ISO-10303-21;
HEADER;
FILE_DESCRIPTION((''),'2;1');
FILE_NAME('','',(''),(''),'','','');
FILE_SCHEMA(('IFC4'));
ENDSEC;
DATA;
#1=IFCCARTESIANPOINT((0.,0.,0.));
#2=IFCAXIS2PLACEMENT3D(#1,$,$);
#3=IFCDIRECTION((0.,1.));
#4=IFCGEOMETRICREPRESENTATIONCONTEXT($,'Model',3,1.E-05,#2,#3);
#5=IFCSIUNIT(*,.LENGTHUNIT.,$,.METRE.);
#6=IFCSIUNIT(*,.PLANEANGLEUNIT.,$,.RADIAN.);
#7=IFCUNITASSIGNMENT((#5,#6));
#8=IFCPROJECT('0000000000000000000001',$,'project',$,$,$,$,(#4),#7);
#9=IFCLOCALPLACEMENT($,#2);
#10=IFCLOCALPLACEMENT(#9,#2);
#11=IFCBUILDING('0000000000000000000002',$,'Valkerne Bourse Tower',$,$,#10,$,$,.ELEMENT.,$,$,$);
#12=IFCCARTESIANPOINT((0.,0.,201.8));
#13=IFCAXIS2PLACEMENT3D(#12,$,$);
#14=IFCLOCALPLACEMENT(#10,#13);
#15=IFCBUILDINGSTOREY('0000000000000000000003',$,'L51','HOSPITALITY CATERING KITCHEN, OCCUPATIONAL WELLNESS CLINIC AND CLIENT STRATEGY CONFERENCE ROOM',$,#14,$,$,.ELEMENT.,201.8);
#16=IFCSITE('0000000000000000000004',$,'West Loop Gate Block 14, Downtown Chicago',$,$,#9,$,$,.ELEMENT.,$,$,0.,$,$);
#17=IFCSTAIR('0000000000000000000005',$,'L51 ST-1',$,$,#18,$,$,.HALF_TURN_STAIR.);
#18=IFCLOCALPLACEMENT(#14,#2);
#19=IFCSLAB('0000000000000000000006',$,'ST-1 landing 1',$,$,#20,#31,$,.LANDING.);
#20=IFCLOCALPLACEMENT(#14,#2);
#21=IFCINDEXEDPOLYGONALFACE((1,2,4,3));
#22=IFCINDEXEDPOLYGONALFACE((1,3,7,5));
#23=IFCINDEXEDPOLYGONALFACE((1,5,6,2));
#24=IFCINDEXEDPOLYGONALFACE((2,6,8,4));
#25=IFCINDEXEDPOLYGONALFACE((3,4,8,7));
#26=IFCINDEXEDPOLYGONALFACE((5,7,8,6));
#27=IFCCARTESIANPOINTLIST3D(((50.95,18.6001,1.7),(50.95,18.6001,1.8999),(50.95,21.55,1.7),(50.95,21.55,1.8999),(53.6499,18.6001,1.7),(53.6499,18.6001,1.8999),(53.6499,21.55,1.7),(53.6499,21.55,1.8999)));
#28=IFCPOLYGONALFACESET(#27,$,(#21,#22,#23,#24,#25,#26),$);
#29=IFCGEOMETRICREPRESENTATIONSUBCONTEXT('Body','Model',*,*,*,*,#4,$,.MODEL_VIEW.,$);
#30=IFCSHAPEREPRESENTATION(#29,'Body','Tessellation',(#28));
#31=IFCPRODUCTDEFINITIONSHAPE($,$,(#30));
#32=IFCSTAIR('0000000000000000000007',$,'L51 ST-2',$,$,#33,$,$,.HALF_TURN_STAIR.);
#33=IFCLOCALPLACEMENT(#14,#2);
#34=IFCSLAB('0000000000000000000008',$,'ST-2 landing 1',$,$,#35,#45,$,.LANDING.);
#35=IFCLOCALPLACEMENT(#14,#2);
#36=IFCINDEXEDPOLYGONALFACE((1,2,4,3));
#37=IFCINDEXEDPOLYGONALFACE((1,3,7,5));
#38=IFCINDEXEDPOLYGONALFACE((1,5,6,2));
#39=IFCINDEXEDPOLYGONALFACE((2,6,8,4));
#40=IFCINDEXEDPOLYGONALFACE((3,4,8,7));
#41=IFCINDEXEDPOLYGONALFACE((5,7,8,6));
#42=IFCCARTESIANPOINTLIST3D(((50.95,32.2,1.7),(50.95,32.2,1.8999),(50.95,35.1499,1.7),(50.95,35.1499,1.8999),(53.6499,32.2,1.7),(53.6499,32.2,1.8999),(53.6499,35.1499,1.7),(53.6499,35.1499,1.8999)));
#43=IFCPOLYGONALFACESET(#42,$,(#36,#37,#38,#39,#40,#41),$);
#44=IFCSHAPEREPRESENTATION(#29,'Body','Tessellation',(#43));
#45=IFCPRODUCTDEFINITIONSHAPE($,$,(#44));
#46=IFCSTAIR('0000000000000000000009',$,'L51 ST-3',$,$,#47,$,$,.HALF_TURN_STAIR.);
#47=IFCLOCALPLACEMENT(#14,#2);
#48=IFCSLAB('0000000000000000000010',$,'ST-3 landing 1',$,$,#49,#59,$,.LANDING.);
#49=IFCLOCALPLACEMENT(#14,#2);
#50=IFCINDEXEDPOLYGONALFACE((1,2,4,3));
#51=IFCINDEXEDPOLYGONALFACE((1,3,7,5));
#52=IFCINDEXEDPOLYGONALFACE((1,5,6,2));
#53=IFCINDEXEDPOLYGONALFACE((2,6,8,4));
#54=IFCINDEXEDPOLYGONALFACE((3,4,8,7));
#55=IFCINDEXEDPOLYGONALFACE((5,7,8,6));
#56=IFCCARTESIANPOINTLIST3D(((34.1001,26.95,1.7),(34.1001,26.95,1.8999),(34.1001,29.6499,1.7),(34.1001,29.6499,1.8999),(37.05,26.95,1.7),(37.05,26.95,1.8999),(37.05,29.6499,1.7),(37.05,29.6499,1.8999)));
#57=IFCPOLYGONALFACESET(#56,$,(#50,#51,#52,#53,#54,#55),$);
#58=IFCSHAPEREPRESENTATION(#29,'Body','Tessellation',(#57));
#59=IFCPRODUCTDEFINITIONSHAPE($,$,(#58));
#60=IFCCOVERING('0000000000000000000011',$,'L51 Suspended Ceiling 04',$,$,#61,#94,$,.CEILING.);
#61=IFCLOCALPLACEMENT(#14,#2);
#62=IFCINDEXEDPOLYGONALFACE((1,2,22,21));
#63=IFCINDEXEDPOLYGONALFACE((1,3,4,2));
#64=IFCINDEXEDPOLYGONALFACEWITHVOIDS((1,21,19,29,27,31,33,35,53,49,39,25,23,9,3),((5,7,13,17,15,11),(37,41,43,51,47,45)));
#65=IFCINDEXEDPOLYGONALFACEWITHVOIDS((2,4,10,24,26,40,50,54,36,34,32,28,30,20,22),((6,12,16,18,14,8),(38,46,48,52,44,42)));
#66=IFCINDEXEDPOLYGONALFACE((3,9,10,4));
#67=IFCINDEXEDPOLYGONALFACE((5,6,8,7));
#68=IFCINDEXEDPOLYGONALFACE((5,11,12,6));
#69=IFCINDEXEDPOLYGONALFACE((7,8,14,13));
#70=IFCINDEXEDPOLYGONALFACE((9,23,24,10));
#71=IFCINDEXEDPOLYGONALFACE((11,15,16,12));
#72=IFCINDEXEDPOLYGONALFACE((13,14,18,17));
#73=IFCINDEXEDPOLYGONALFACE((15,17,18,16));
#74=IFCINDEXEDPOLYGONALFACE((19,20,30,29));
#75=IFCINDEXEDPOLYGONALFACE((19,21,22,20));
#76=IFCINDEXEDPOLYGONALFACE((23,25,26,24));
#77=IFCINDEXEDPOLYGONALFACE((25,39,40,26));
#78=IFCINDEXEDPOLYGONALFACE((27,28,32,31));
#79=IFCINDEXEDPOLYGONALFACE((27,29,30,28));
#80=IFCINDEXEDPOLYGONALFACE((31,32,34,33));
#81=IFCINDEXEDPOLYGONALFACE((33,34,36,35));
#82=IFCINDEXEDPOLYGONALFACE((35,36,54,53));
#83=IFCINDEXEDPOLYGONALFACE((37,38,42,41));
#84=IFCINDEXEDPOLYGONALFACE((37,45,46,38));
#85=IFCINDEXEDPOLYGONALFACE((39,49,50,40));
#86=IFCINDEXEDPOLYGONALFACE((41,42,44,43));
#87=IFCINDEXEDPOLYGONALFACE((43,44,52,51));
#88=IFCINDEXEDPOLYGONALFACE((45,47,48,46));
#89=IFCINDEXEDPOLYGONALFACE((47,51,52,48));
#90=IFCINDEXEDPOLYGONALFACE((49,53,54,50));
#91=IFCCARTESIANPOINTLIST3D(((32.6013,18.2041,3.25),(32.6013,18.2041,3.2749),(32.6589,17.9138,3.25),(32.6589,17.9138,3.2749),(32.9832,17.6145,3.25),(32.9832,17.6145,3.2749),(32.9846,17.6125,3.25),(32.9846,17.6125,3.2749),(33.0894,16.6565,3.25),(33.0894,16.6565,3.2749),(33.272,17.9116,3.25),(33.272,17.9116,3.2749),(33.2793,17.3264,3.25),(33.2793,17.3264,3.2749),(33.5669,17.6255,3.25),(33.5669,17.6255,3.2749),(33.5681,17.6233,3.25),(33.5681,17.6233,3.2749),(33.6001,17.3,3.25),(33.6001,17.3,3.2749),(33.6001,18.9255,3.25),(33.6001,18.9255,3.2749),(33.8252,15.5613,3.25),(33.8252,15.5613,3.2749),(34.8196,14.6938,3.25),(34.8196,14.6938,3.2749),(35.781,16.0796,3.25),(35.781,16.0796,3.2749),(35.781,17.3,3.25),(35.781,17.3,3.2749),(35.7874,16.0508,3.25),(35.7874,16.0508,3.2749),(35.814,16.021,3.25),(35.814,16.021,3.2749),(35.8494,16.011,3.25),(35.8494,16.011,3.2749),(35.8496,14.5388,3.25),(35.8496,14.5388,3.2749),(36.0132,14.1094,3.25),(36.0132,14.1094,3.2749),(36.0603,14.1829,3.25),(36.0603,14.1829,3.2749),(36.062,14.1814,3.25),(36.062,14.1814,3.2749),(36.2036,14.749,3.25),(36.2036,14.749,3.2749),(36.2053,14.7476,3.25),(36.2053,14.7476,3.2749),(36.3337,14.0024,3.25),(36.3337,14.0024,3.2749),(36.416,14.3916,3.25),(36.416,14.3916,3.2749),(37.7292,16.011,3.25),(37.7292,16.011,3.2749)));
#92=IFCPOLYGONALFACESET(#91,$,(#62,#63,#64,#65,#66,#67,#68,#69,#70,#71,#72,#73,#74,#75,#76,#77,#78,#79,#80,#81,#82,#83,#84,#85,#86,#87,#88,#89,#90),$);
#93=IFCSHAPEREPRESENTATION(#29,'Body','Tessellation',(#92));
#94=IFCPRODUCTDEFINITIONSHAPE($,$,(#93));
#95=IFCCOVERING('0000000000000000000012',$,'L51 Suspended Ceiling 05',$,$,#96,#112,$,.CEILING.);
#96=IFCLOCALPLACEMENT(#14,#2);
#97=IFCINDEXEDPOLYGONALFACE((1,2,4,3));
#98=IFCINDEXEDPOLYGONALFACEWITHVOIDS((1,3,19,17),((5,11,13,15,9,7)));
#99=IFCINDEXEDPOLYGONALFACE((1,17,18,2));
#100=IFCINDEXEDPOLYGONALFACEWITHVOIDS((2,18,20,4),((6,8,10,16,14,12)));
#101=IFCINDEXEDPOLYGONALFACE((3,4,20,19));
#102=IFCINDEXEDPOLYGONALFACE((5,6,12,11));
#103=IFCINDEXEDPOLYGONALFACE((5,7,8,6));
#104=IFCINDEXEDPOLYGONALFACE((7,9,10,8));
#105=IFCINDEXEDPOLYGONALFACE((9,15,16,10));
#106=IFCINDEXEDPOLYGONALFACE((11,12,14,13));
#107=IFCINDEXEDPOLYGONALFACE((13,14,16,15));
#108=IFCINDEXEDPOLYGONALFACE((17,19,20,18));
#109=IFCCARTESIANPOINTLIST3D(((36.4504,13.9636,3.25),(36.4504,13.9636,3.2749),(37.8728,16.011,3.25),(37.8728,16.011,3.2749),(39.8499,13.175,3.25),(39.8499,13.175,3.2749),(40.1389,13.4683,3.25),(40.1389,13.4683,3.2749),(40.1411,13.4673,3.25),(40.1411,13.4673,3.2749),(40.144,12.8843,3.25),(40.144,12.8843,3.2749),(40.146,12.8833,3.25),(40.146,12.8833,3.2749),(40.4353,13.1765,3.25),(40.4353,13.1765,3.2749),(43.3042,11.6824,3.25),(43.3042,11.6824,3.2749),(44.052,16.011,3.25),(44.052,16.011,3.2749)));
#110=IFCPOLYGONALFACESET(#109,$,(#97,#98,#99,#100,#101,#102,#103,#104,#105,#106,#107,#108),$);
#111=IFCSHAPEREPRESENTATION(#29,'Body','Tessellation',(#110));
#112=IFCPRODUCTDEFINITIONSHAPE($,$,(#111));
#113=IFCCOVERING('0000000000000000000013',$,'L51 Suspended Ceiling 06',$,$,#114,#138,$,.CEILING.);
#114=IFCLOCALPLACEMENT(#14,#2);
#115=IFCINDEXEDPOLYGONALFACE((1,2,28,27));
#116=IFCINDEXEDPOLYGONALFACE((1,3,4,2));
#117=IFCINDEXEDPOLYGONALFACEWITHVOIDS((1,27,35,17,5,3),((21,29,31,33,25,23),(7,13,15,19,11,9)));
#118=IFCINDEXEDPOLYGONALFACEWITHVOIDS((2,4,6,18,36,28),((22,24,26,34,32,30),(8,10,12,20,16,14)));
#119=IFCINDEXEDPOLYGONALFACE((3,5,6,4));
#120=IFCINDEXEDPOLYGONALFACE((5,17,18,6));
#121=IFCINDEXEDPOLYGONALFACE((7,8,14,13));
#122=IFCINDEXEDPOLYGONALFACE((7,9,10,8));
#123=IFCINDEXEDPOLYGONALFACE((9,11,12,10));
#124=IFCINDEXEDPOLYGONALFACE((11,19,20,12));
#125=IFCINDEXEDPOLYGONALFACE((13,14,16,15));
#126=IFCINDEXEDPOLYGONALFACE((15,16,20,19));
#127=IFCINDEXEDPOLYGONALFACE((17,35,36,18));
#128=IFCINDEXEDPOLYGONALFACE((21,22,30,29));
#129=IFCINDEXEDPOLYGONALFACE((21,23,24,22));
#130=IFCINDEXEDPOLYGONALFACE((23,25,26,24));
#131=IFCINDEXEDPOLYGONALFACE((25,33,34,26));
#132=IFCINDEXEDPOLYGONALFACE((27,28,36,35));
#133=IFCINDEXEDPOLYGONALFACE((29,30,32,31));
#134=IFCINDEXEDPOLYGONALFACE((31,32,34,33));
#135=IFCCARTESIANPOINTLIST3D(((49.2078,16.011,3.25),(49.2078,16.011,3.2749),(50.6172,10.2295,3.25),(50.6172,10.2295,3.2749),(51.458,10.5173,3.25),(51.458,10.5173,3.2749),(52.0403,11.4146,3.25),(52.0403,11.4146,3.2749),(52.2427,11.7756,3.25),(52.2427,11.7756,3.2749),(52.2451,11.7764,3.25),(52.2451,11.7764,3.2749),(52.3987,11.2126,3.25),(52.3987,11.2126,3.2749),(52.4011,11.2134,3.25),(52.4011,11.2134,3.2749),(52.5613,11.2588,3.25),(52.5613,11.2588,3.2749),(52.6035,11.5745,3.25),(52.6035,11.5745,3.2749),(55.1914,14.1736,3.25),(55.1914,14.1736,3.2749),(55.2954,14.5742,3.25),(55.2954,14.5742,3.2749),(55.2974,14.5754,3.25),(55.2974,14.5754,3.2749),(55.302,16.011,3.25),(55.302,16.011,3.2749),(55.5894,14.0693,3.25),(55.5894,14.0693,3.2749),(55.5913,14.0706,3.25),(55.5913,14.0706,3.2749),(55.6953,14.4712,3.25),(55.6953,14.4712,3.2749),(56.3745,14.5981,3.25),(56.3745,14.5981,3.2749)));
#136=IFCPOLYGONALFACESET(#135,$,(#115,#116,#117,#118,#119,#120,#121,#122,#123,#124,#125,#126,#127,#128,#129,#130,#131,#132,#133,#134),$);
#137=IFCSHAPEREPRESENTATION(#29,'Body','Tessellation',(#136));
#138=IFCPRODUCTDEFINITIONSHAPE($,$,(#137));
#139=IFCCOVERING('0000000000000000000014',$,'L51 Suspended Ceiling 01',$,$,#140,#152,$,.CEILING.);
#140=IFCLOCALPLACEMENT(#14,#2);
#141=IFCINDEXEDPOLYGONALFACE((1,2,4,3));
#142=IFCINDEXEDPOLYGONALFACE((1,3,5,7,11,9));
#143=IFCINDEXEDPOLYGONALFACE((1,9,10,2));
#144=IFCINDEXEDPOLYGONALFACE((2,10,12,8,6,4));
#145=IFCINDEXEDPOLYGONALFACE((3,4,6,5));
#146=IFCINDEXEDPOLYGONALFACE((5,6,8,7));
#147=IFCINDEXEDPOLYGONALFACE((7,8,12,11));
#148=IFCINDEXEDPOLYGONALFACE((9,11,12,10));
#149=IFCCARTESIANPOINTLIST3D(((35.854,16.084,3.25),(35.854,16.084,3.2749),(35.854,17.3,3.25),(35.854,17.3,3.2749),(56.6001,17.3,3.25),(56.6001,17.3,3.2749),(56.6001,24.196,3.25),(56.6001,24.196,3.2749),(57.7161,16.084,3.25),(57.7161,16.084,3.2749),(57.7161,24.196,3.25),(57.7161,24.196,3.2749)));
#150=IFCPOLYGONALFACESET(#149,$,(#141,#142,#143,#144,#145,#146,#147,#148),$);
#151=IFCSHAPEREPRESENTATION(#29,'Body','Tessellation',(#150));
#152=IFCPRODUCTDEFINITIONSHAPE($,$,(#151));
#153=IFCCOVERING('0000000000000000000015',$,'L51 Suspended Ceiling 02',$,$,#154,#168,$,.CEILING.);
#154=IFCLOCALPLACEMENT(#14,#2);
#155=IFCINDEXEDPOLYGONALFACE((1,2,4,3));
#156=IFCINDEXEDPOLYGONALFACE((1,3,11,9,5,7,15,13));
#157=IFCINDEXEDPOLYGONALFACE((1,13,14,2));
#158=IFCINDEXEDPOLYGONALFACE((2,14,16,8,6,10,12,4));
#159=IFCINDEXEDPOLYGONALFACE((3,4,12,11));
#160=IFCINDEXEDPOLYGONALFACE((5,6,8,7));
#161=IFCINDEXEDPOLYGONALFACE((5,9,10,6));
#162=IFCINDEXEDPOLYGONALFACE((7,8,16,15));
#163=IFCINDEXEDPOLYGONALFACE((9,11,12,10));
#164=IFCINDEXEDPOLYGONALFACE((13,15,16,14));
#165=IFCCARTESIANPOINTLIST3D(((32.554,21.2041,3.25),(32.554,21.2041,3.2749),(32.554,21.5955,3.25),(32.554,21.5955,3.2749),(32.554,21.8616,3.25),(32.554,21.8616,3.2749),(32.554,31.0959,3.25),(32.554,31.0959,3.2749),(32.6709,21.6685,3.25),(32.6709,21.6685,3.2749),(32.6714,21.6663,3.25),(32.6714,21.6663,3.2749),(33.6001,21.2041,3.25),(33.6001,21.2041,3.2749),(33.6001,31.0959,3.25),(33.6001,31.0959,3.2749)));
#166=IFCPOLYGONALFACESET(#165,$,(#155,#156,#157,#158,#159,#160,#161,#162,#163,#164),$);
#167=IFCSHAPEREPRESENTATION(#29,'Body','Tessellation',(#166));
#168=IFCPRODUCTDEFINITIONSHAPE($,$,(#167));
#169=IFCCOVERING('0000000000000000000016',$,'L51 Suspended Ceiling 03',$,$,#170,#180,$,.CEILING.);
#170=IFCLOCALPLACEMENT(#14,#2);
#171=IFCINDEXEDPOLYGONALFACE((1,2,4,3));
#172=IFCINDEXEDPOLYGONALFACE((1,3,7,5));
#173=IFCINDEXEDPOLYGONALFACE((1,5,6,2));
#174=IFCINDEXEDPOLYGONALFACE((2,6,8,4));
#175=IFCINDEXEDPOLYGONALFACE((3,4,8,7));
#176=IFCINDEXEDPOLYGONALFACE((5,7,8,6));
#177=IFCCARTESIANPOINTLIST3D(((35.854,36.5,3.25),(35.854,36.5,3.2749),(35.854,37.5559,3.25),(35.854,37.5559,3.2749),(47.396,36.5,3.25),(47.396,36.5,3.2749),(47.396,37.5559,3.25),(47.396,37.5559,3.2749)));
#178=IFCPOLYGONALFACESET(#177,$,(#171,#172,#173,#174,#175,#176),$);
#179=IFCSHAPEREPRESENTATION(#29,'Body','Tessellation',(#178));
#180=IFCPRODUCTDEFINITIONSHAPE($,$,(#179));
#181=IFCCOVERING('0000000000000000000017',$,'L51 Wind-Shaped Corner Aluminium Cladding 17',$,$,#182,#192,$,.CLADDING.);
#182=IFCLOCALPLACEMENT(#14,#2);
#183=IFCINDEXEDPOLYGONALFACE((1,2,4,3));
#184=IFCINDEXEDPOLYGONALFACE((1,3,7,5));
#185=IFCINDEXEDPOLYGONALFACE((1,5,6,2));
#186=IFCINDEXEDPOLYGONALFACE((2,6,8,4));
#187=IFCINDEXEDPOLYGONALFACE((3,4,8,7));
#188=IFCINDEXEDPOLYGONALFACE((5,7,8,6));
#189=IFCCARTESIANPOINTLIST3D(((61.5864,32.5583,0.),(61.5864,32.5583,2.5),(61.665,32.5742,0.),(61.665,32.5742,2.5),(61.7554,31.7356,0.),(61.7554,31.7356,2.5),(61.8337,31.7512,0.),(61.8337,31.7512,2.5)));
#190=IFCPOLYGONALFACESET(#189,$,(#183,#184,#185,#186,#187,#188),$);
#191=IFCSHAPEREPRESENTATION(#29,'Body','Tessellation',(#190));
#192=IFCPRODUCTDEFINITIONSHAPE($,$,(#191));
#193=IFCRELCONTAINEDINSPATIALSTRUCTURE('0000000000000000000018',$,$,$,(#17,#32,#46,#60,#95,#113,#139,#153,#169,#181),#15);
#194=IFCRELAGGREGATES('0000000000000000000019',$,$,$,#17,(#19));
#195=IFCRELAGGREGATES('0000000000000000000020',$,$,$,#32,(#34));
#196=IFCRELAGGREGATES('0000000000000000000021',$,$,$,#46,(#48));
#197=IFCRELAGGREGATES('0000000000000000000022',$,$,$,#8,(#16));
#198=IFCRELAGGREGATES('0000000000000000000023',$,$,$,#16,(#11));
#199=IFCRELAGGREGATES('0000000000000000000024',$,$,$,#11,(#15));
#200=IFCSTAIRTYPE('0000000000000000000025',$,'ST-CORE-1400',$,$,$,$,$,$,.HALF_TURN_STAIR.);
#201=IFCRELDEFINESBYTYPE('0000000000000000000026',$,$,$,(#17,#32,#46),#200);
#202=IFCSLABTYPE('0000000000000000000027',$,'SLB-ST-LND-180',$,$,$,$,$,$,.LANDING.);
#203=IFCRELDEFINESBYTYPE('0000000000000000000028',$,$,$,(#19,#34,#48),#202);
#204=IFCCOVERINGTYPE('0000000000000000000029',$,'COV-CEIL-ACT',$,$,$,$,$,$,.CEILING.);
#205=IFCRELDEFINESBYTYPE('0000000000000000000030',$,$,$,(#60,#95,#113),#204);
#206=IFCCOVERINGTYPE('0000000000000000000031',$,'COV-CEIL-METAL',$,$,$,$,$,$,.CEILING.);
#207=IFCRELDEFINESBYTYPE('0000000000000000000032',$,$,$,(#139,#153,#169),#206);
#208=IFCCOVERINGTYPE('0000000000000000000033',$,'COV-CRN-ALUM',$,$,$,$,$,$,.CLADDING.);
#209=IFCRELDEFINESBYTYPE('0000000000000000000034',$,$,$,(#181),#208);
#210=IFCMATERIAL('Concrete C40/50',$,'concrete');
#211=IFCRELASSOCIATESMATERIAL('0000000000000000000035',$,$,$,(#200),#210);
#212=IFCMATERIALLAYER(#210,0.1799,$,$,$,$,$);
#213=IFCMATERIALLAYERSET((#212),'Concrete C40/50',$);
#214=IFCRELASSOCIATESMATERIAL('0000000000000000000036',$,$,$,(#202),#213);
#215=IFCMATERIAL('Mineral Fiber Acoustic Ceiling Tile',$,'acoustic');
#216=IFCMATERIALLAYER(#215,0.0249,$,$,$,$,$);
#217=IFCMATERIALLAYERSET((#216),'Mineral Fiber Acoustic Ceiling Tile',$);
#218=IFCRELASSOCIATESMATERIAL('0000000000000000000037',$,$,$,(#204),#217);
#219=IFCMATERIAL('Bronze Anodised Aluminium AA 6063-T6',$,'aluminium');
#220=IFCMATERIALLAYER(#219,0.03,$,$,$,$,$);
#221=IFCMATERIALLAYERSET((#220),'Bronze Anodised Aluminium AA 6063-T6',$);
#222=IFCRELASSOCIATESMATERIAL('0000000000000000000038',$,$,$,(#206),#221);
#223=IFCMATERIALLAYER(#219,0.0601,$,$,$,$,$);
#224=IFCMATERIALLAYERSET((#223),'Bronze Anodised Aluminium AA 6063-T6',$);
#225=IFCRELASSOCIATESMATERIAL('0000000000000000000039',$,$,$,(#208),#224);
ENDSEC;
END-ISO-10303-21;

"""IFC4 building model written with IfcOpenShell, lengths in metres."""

from ifc_helpers import new_model, si_unit, direction, frame, origin, place, context, subcontext, project, spatial, polyline, outline, extrude, material, layer, layer_set, type_object, element, aggregate, save


model = new_model("IFC4")

# Units and contexts
model_context = context("Model", 3, precision=1e-05, world=origin(), true_north=direction((0.0, 1.0)))
body_context = subcontext(model_context, "Body", "Model", "MODEL_VIEW")
ifc_project = project(units=[si_unit("LENGTHUNIT", "METRE"), si_unit("PLANEANGLEUNIT", "RADIAN")], contexts=[model_context])

# Site, building, storey
site_placement = place(None, origin())
site = spatial("IfcSite", under=ifc_project, at=site_placement, Name="West Loop Gate Block 14, Downtown Chicago", CompositionType="ELEMENT", RefElevation=0.0)
building_placement = place(site_placement, origin())
building = spatial("IfcBuilding", under=site, at=building_placement, Name="Valkerne Bourse Tower", CompositionType="ELEMENT")
storey_placement = place(building_placement, frame((0.0, 0.0, 201.8)))
storey = spatial("IfcBuildingStorey", under=building, at=storey_placement, Name="L51", Description="HOSPITALITY CATERING KITCHEN, OCCUPATIONAL WELLNESS CLINIC AND CLIENT STRATEGY CONFERENCE ROOM", CompositionType="ELEMENT", Elevation=201.8)

# Stairs, slabs
ifc_material_1 = material(Name="Concrete C40/50", Category="concrete")
stair_type = type_object("IfcStairType", Name="ST-CORE-1400", PredefinedType="HALF_TURN_STAIR", material=ifc_material_1)
stair_1_placement = place(storey_placement, origin())
stair_1 = element("IfcStair", 1, at=stair_1_placement, inside=storey, type_object=stair_type, Name="L51 ST-1", PredefinedType="HALF_TURN_STAIR")
ifc_layer_1 = layer(ifc_material_1, 0.1799)
ifc_layer_set_1 = layer_set([ifc_layer_1], Name="Concrete C40/50")
slab_type = type_object("IfcSlabType", Name="SLB-ST-LND-180", PredefinedType="LANDING", material=ifc_layer_set_1)
slab_1_placement = place(storey_placement, frame((0.0, 0.0, 1.7)))
slab_1 = element("IfcSlab", 2, at=slab_1_placement, type_object=slab_type, Name="ST-1 landing 1", PredefinedType="LANDING", context=body_context, shape_type="SweptSolid", body=[
    extrude(outline(polyline([(50.95, 18.6001), (53.6499, 18.6001), (53.6499, 21.55), (50.95, 21.55), (50.95, 18.6001)])), origin(), (0.0, 0.0, 1.0), 0.2),
])
aggregate(stair_1, [slab_1])
stair_2_placement = place(storey_placement, origin())
stair_2 = element("IfcStair", 3, at=stair_2_placement, inside=storey, type_object=stair_type, Name="L51 ST-2", PredefinedType="HALF_TURN_STAIR")
slab_2_placement = place(storey_placement, frame((0.0, 0.0, 1.7)))
slab_2 = element("IfcSlab", 4, at=slab_2_placement, type_object=slab_type, Name="ST-2 landing 1", PredefinedType="LANDING", context=body_context, shape_type="SweptSolid", body=[
    extrude(outline(polyline([(50.95, 32.2), (53.6499, 32.2), (53.6499, 35.1499), (50.95, 35.1499), (50.95, 32.2)])), origin(), (0.0, 0.0, 1.0), 0.2),
])
aggregate(stair_2, [slab_2])
stair_3_placement = place(storey_placement, origin())
stair_3 = element("IfcStair", 5, at=stair_3_placement, inside=storey, type_object=stair_type, Name="L51 ST-3", PredefinedType="HALF_TURN_STAIR")
slab_3_placement = place(storey_placement, frame((0.0, 0.0, 1.7)))
slab_3 = element("IfcSlab", 6, at=slab_3_placement, type_object=slab_type, Name="ST-3 landing 1", PredefinedType="LANDING", context=body_context, shape_type="SweptSolid", body=[
    extrude(outline(polyline([(37.05, 26.95), (37.05, 29.6499), (34.1001, 29.6499), (34.1001, 26.95), (37.05, 26.95)])), origin(), (0.0, 0.0, 1.0), 0.2),
])
aggregate(stair_3, [slab_3])

# Coverings
ifc_material_2 = material(Name="Mineral Fiber Acoustic Ceiling Tile", Category="acoustic")
ifc_layer_2 = layer(ifc_material_2, 0.0249)
ifc_layer_set_2 = layer_set([ifc_layer_2], Name="Mineral Fiber Acoustic Ceiling Tile")
covering_type_1 = type_object("IfcCoveringType", Name="COV-CEIL-ACT", PredefinedType="CEILING", material=ifc_layer_set_2)
covering_1_placement = place(storey_placement, frame((0.0, 0.0, 3.25)))
element("IfcCovering", 7, at=covering_1_placement, inside=storey, type_object=covering_type_1, Name="L51 Suspended Ceiling 04", PredefinedType="CEILING", context=body_context, shape_type="SweptSolid", body=[
    extrude(outline(polyline([(33.8252, 15.5613), (33.0894, 16.6565), (32.6589, 17.9138), (32.6013, 18.2041), (33.6001, 18.9255), (33.6001, 17.3), (35.781, 17.3), (35.781, 16.0796), (35.7874, 16.0508), (35.814, 16.021), (35.8494, 16.011), (37.7292, 16.011), (36.3337, 14.0024), (36.0132, 14.1094), (34.8196, 14.6938), (33.8252, 15.5613)]), holes=[polyline([(36.2053, 14.7476), (36.2036, 14.749), (35.8496, 14.5388), (36.0603, 14.1829), (36.062, 14.1814), (36.416, 14.3916), (36.2053, 14.7476)]), polyline([(33.5669, 17.6255), (33.272, 17.9116), (32.9832, 17.6145), (32.9846, 17.6125), (33.2793, 17.3264), (33.5681, 17.6233), (33.5669, 17.6255)])]), origin(), (0.0, 0.0, 1.0), 0.0249),
])
covering_2_placement = place(storey_placement, frame((0.0, 0.0, 3.25)))
element("IfcCovering", 8, at=covering_2_placement, inside=storey, type_object=covering_type_1, Name="L51 Suspended Ceiling 05", PredefinedType="CEILING", context=body_context, shape_type="SweptSolid", body=[
    extrude(outline(polyline([(44.052, 16.011), (43.3042, 11.6824), (36.4504, 13.9636), (37.8728, 16.011), (44.052, 16.011)]), holes=[polyline([(40.1411, 13.4673), (40.1389, 13.4683), (39.8499, 13.175), (40.144, 12.8843), (40.146, 12.8833), (40.4353, 13.1765), (40.1411, 13.4673)])]), origin(), (0.0, 0.0, 1.0), 0.0249),
])
covering_3_placement = place(storey_placement, frame((0.0, 0.0, 3.25)))
element("IfcCovering", 9, at=covering_3_placement, inside=storey, type_object=covering_type_1, Name="L51 Suspended Ceiling 06", PredefinedType="CEILING", context=body_context, shape_type="SweptSolid", body=[
    extrude(outline(polyline([(50.6172, 10.2295), (49.2078, 16.011), (55.302, 16.011), (56.3745, 14.5981), (52.5613, 11.2588), (51.458, 10.5173), (50.6172, 10.2295)]), holes=[polyline([(52.6035, 11.5745), (52.2451, 11.7764), (52.2427, 11.7756), (52.0403, 11.4146), (52.3987, 11.2126), (52.4011, 11.2134), (52.6035, 11.5745)]), polyline([(55.6953, 14.4712), (55.2974, 14.5754), (55.2954, 14.5742), (55.1914, 14.1736), (55.5894, 14.0693), (55.5913, 14.0706), (55.6953, 14.4712)])]), origin(), (0.0, 0.0, 1.0), 0.0249),
])
ifc_material_3 = material(Name="Bronze Anodised Aluminium AA 6063-T6", Category="aluminium")
ifc_layer_3 = layer(ifc_material_3, 0.03)
ifc_layer_set_3 = layer_set([ifc_layer_3], Name="Bronze Anodised Aluminium AA 6063-T6")
covering_type_2 = type_object("IfcCoveringType", Name="COV-CEIL-METAL", PredefinedType="CEILING", material=ifc_layer_set_3)
covering_4_placement = place(storey_placement, frame((0.0, 0.0, 3.25)))
element("IfcCovering", 10, at=covering_4_placement, inside=storey, type_object=covering_type_2, Name="L51 Suspended Ceiling 01", PredefinedType="CEILING", context=body_context, shape_type="SweptSolid", body=[
    extrude(outline(polyline([(35.854, 17.3), (56.6001, 17.3), (56.6001, 24.196), (57.7161, 24.196), (57.7161, 16.084), (35.854, 16.084), (35.854, 17.3)])), origin(), (0.0, 0.0, 1.0), 0.0249),
])
covering_5_placement = place(storey_placement, frame((0.0, 0.0, 3.25)))
element("IfcCovering", 11, at=covering_5_placement, inside=storey, type_object=covering_type_2, Name="L51 Suspended Ceiling 02", PredefinedType="CEILING", context=body_context, shape_type="SweptSolid", body=[
    extrude(outline(polyline([(32.554, 21.2041), (32.554, 21.5955), (32.6714, 21.6663), (32.6709, 21.6685), (32.554, 21.8616), (32.554, 31.0959), (33.6001, 31.0959), (33.6001, 21.2041), (32.554, 21.2041)])), origin(), (0.0, 0.0, 1.0), 0.0249),
])
covering_6_placement = place(storey_placement, frame((0.0, 0.0, 3.25)))
element("IfcCovering", 12, at=covering_6_placement, inside=storey, type_object=covering_type_2, Name="L51 Suspended Ceiling 03", PredefinedType="CEILING", context=body_context, shape_type="SweptSolid", body=[
    extrude(outline(polyline([(35.854, 37.5559), (47.396, 37.5559), (47.396, 36.5), (35.854, 36.5), (35.854, 37.5559)])), origin(), (0.0, 0.0, 1.0), 0.0249),
])
ifc_layer_4 = layer(ifc_material_3, 0.0601)
ifc_layer_set_4 = layer_set([ifc_layer_4], Name="Bronze Anodised Aluminium AA 6063-T6")
covering_type_3 = type_object("IfcCoveringType", Name="COV-CRN-ALUM", PredefinedType="CLADDING", material=ifc_layer_set_4)
covering_7_placement = place(storey_placement, origin())
element("IfcCovering", 13, at=covering_7_placement, inside=storey, type_object=covering_type_3, Name="L51 Wind-Shaped Corner Aluminium Cladding 17", PredefinedType="CLADDING", context=body_context, shape_type="SweptSolid", body=[
    extrude(outline(polyline([(61.8337, 31.7512), (61.7554, 31.7356), (61.5864, 32.5583), (61.665, 32.5742), (61.8337, 31.7512)])), origin(), (0.0, 0.0, 1.0), 2.5),
])

save(model, "model.ifc")
